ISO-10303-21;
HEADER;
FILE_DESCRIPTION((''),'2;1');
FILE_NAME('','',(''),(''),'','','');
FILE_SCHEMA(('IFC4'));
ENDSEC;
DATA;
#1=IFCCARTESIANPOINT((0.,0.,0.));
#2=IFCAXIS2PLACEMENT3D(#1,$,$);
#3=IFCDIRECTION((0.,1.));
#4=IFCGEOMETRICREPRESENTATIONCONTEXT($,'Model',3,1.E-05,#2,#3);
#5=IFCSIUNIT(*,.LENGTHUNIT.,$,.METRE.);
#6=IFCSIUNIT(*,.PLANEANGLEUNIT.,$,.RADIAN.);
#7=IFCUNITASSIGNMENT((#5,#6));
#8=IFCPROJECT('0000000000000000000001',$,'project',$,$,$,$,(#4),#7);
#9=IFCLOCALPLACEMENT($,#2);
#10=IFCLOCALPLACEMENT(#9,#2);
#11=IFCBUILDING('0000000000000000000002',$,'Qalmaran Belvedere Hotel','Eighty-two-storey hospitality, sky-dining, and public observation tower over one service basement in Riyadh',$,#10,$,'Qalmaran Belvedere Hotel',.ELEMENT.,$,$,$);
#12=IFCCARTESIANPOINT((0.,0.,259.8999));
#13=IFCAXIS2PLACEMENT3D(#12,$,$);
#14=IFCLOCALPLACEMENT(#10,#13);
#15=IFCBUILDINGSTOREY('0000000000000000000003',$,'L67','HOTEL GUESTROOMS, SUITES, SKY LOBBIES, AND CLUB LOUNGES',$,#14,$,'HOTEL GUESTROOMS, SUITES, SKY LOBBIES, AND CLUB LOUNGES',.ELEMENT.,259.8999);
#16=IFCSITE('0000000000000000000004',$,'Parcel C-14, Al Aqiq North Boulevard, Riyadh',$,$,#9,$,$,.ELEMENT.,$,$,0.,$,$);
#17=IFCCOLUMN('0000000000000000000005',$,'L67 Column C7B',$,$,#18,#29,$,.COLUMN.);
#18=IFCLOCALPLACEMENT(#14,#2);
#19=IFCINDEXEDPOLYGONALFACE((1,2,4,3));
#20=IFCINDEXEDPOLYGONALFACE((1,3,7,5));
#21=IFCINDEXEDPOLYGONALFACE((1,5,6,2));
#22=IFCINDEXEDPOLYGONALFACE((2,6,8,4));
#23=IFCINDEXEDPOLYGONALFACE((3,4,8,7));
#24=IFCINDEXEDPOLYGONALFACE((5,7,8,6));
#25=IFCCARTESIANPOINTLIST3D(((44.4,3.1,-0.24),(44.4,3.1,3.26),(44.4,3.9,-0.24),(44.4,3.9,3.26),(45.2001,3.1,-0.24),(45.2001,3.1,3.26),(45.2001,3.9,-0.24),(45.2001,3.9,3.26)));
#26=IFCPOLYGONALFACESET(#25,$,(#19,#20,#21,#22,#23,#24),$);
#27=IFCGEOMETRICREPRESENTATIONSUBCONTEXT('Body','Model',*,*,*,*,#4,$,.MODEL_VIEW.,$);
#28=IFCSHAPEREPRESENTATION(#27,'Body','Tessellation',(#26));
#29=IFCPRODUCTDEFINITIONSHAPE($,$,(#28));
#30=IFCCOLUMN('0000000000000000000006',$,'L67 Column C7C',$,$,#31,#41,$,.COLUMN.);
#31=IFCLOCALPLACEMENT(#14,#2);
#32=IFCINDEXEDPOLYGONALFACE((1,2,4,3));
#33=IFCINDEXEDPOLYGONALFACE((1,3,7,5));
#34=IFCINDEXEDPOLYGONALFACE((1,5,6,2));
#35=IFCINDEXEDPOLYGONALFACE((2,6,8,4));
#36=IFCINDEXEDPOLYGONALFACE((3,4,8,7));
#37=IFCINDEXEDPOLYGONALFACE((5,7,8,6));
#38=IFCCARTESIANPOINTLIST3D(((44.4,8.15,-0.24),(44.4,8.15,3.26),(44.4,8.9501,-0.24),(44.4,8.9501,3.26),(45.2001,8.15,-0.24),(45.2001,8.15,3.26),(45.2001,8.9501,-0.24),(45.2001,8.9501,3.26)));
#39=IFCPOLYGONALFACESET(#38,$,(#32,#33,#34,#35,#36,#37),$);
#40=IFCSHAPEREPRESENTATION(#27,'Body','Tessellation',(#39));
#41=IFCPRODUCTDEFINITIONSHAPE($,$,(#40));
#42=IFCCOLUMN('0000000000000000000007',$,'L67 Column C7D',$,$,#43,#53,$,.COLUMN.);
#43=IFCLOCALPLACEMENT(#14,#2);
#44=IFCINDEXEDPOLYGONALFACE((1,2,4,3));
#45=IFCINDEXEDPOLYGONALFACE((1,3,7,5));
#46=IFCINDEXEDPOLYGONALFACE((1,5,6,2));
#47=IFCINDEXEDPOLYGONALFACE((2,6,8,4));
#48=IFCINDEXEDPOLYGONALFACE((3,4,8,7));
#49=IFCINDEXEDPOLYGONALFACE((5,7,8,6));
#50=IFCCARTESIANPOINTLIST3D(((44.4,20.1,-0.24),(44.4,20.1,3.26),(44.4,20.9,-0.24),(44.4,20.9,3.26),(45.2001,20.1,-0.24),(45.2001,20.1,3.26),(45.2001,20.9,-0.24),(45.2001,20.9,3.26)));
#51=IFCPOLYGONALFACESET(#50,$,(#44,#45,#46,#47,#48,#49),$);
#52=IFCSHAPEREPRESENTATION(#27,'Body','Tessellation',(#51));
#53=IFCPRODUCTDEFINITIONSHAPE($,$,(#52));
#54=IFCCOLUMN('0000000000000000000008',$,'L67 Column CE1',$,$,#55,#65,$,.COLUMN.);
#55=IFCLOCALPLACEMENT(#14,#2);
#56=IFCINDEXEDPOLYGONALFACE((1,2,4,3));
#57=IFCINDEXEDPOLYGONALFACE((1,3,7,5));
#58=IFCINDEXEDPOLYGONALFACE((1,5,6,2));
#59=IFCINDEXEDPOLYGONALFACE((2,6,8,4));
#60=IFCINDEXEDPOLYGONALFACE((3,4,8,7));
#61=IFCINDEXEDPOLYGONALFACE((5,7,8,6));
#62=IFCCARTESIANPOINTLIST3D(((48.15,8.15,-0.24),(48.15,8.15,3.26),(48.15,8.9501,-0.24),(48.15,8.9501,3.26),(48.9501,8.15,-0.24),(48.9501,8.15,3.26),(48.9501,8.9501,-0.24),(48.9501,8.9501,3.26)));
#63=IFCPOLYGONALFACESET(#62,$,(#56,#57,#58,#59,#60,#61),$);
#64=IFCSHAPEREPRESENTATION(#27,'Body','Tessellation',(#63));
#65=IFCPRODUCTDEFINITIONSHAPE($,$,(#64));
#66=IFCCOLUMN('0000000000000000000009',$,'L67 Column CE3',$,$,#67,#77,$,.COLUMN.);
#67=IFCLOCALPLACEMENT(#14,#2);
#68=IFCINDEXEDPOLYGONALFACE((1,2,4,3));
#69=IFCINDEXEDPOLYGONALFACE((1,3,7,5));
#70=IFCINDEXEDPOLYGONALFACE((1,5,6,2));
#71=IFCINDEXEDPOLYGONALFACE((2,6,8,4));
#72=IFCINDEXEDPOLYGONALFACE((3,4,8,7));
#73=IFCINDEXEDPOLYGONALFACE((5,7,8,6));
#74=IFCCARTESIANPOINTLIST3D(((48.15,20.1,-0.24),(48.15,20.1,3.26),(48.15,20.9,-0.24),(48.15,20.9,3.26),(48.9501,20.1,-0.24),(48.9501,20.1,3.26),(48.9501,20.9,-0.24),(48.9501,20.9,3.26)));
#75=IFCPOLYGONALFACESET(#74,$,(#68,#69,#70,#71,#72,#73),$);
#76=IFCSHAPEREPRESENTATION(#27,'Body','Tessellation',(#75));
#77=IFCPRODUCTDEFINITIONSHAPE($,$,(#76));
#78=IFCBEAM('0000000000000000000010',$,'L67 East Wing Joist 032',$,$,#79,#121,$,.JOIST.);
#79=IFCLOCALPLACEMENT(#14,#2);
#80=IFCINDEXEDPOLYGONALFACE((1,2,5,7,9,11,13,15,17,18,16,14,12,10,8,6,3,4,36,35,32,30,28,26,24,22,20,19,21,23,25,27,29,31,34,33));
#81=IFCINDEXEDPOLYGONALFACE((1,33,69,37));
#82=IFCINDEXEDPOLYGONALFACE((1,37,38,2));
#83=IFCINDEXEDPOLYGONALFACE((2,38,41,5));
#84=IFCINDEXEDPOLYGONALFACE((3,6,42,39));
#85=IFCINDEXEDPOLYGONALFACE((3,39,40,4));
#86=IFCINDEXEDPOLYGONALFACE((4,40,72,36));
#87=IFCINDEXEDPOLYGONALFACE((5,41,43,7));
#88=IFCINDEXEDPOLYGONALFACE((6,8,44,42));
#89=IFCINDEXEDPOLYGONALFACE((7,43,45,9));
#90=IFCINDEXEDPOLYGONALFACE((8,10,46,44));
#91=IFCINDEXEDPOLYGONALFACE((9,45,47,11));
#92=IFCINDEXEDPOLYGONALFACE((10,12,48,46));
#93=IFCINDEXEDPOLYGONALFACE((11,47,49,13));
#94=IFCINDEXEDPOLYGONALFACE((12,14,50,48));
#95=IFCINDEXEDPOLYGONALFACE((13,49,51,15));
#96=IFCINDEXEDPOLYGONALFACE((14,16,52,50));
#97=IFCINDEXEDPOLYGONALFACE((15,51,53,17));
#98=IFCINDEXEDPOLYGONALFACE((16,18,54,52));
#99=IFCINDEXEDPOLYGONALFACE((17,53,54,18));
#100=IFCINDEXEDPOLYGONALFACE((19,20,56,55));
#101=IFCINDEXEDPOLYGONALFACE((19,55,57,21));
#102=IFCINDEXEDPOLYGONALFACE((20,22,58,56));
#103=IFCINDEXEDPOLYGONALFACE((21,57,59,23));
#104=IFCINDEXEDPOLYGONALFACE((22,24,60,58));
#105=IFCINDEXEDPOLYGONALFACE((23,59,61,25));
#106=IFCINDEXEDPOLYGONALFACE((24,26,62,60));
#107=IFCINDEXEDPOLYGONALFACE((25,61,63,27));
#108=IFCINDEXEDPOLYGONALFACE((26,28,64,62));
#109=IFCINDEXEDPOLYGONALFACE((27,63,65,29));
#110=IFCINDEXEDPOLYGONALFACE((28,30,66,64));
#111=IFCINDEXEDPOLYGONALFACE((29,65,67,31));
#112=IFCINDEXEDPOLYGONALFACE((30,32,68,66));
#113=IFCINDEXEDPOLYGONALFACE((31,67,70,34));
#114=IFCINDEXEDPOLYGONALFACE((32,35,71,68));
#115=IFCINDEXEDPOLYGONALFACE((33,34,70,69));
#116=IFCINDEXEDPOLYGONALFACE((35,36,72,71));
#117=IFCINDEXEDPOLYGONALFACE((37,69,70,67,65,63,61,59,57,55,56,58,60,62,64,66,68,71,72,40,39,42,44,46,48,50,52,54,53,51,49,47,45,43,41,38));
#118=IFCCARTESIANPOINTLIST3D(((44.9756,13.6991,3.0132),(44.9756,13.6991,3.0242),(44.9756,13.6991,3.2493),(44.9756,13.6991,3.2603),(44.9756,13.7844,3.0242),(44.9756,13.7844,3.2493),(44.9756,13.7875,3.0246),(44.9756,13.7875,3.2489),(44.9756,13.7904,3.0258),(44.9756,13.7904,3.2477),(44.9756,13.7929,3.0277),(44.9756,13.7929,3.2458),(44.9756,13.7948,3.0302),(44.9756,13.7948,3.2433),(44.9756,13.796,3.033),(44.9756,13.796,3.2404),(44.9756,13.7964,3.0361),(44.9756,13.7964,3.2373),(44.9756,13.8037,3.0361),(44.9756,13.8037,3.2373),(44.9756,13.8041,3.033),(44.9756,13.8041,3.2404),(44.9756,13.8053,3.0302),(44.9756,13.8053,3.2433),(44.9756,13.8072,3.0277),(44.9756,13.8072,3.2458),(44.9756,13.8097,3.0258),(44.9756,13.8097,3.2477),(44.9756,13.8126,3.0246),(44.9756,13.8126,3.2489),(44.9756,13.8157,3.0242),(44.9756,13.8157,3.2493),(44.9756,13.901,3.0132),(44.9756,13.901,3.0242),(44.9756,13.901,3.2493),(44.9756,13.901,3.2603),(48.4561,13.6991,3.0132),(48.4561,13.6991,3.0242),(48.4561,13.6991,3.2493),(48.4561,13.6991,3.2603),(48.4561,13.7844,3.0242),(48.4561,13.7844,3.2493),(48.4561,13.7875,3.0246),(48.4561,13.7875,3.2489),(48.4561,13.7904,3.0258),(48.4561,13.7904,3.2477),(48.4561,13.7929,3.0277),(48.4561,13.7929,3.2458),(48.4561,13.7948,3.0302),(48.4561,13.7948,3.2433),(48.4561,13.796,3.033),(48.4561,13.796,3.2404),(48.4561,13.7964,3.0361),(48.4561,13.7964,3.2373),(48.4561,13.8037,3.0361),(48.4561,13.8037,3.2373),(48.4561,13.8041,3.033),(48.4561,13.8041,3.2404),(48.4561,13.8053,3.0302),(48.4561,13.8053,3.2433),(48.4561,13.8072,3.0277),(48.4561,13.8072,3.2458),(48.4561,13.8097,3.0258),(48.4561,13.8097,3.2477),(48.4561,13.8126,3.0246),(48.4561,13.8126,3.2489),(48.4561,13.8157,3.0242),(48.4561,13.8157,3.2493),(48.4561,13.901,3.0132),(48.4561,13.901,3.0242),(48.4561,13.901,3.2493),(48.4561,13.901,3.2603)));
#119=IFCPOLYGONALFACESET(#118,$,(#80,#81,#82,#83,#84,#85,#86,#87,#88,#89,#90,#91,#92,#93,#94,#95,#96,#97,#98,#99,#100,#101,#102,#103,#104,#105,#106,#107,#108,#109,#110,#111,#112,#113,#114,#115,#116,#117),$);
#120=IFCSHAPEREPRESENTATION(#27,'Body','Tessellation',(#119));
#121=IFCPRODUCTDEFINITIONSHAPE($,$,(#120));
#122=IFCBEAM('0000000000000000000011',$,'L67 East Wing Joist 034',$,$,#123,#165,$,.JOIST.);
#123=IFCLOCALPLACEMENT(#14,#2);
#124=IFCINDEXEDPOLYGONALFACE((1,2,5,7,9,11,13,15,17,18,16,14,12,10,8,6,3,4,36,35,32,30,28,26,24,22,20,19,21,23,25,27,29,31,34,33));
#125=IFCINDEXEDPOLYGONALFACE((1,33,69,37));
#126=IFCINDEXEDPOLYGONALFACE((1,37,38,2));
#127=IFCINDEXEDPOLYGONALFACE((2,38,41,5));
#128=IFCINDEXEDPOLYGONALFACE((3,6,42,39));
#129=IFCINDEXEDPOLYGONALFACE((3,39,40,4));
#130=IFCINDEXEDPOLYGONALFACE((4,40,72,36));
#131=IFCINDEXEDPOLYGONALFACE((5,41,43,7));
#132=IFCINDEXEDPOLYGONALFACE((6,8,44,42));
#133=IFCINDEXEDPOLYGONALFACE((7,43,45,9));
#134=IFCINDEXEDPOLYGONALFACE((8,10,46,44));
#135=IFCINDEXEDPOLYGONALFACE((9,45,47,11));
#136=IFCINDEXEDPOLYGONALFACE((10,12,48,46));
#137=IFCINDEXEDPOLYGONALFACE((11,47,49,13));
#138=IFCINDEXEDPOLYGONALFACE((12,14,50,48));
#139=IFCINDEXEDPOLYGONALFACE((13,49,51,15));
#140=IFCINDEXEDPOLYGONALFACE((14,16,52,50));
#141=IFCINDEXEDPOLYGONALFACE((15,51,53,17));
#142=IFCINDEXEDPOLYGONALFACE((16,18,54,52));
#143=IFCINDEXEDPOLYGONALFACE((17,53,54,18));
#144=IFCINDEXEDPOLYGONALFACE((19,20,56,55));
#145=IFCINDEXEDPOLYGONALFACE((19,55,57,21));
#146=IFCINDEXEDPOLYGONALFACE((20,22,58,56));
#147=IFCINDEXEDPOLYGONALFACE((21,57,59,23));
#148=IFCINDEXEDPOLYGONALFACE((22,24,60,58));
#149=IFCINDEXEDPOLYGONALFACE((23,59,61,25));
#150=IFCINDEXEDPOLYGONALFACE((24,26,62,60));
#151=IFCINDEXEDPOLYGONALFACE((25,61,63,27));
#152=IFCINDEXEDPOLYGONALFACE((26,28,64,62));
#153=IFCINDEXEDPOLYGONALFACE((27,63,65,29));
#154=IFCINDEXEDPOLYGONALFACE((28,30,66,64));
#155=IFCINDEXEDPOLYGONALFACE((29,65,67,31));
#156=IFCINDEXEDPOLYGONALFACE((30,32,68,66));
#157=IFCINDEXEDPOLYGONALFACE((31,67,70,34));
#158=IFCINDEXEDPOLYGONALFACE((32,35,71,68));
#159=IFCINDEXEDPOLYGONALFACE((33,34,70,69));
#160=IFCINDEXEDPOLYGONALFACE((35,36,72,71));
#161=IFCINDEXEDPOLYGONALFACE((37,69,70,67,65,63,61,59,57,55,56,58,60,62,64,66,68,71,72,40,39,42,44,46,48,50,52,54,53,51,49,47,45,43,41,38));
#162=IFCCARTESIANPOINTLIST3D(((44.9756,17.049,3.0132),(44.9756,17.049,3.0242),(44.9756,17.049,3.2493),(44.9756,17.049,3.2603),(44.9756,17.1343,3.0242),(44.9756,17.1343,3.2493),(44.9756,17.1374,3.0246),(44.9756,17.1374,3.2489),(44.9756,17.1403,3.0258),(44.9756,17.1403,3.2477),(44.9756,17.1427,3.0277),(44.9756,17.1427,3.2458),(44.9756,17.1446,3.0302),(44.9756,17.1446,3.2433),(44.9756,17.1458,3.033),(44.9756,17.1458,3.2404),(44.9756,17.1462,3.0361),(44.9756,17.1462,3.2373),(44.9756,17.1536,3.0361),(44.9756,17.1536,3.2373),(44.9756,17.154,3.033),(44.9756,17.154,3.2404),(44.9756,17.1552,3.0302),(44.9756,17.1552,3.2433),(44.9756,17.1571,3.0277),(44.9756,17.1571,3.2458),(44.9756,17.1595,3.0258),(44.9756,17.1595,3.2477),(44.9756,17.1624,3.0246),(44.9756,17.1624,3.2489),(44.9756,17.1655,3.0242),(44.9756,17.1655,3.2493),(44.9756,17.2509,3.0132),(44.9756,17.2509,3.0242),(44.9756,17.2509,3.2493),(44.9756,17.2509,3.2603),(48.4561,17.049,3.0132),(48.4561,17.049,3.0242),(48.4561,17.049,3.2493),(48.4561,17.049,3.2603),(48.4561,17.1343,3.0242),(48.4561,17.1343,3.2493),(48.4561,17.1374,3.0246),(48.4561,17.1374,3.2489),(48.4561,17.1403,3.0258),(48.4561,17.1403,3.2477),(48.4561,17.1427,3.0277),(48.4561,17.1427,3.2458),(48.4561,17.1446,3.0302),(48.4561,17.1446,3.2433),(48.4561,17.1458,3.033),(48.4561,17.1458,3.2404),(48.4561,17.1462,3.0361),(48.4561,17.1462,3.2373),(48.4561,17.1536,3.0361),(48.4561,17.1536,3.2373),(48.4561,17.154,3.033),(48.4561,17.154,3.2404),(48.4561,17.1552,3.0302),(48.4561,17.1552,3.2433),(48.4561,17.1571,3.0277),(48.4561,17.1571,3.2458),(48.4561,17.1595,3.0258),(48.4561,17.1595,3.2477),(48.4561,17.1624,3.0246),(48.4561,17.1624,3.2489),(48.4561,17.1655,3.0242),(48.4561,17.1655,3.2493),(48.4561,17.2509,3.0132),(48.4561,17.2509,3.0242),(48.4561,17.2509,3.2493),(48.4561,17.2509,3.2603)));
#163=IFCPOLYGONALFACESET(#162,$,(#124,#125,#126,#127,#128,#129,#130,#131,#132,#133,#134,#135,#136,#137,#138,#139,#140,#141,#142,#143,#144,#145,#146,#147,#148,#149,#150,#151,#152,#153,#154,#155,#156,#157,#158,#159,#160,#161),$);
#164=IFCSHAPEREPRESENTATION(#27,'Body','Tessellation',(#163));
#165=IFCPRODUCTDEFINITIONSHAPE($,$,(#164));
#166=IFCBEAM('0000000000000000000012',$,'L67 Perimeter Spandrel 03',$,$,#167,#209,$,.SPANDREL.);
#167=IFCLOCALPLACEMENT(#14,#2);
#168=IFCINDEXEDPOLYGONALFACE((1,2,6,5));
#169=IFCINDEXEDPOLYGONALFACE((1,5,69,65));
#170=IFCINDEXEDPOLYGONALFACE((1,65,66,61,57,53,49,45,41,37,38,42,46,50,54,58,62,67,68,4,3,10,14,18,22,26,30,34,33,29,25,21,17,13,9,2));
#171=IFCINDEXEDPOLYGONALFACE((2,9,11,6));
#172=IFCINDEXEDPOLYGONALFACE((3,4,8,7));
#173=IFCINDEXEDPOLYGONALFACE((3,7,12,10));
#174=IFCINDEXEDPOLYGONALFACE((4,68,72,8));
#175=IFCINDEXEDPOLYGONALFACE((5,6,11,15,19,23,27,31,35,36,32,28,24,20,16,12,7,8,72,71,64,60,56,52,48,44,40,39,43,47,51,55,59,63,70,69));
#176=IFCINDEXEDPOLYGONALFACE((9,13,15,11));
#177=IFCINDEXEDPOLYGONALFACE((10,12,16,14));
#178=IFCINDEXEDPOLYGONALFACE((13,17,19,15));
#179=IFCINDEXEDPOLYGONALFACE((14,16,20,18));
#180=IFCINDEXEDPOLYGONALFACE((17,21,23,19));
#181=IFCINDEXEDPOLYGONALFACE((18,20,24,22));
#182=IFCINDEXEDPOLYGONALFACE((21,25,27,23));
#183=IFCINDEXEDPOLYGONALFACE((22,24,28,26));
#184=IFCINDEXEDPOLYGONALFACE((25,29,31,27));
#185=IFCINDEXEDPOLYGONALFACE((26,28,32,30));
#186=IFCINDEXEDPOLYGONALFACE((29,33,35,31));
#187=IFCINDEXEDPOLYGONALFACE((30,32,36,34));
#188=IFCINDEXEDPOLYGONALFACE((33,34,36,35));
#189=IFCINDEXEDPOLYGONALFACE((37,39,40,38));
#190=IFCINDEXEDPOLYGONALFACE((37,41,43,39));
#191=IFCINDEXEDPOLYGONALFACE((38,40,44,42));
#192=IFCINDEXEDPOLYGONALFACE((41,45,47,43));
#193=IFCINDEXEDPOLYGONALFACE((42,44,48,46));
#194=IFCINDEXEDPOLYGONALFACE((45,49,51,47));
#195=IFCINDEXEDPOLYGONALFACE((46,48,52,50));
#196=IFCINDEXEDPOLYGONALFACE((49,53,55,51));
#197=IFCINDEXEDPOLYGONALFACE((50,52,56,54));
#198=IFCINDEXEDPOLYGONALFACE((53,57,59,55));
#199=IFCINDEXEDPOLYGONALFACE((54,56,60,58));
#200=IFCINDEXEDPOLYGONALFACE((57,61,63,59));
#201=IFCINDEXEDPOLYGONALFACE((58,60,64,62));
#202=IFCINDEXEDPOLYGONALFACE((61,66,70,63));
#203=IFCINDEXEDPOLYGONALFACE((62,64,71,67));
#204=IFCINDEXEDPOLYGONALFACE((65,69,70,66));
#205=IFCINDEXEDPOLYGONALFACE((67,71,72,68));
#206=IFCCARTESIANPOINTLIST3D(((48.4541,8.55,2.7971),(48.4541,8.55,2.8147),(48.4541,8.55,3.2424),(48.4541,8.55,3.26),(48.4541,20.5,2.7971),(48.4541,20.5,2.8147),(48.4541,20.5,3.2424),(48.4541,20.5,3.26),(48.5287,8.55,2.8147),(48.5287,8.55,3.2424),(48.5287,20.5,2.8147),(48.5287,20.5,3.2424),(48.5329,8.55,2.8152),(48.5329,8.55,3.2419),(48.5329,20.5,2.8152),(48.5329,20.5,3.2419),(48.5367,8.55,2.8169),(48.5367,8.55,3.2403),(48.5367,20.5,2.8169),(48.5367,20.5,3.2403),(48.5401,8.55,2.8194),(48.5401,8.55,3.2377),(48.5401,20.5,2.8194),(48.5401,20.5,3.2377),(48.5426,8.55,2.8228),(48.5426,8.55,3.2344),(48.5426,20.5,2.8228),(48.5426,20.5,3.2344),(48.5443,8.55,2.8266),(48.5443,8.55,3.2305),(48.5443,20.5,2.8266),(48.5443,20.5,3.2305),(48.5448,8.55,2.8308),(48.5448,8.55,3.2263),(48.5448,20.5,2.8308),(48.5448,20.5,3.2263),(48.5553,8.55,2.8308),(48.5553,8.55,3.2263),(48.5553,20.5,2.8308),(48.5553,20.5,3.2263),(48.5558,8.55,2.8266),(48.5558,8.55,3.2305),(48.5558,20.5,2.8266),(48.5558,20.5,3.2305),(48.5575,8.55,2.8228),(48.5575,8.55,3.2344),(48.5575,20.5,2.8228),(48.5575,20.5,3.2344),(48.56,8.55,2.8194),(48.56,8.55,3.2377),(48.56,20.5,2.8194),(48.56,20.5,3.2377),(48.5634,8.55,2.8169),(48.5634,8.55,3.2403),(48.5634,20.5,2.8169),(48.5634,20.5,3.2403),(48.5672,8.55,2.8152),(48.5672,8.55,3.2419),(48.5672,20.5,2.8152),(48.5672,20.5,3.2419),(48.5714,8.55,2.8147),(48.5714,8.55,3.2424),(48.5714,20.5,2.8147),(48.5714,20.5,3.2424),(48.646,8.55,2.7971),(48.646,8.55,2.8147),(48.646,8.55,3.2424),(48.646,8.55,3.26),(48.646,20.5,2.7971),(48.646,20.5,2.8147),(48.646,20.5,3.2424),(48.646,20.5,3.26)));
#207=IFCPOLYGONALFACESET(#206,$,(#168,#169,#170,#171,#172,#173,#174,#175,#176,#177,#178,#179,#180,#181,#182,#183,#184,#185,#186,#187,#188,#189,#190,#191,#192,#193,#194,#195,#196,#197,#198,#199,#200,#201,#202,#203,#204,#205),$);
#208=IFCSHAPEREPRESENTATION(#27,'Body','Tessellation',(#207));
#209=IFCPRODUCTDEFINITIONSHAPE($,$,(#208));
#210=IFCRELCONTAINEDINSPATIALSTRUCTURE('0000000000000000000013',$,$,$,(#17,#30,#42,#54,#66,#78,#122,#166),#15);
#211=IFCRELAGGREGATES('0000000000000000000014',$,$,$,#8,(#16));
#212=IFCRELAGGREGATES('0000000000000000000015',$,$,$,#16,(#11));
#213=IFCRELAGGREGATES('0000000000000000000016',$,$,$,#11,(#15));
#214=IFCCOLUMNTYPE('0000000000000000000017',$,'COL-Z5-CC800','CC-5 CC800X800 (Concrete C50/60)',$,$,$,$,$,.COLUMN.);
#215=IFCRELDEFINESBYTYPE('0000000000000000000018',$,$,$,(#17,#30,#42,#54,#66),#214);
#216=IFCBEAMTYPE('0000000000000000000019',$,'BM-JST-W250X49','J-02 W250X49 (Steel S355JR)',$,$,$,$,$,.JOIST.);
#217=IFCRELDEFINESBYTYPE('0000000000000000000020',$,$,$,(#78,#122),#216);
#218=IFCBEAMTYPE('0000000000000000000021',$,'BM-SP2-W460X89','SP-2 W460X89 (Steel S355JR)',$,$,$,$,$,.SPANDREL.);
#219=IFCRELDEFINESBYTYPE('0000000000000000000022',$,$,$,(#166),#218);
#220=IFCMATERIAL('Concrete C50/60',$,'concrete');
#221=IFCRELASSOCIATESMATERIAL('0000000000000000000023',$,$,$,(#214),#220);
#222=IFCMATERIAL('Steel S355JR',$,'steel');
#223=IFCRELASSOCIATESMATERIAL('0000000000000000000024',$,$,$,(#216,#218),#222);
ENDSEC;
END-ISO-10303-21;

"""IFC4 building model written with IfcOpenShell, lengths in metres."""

from ifc_helpers import new_model, si_unit, direction, frame, origin, origin_2d, place, context, subcontext, project, spatial, rectangle, i_section, extrude, material, material_profile, profile_set, type_object, element, save


model = new_model("IFC4")

# Units and contexts
model_context = context("Model", 3, precision=1e-05, world=origin(), true_north=direction((0.0, 1.0)))
body_context = subcontext(model_context, "Body", "Model", "MODEL_VIEW")
ifc_project = project(units=[si_unit("LENGTHUNIT", "METRE"), si_unit("PLANEANGLEUNIT", "RADIAN")], contexts=[model_context])

# Site, building, storey
site_placement = place(None, origin())
site = spatial("IfcSite", under=ifc_project, at=site_placement, Name="Parcel C-14, Al Aqiq North Boulevard, Riyadh", CompositionType="ELEMENT", RefElevation=0.0)
building_placement = place(site_placement, origin())
building = spatial("IfcBuilding", under=site, at=building_placement, Name="Qalmaran Belvedere Hotel", Description="Eighty-two-storey hospitality, sky-dining, and public observation tower over one service basement in Riyadh", LongName="Qalmaran Belvedere Hotel", CompositionType="ELEMENT")
storey_placement = place(building_placement, frame((0.0, 0.0, 259.8999)))
storey = spatial("IfcBuildingStorey", under=building, at=storey_placement, Name="L67", Description="HOTEL GUESTROOMS, SUITES, SKY LOBBIES, AND CLUB LOUNGES", LongName="HOTEL GUESTROOMS, SUITES, SKY LOBBIES, AND CLUB LOUNGES", CompositionType="ELEMENT", Elevation=259.8999)

# Columns
ifc_material_1 = material(Name="Concrete C50/60", Category="concrete")
ifc_material_profile_1 = material_profile(ifc_material_1, rectangle(XDim=0.8, YDim=0.8, at=origin_2d()), Name="CC800X800")
ifc_profile_set_1 = profile_set([ifc_material_profile_1], Name="Concrete C50/60")
column_type = type_object("IfcColumnType", Name="COL-Z5-CC800", Description="CC-5 CC800X800 (Concrete C50/60)", PredefinedType="COLUMN", material=ifc_profile_set_1)
for number, where, z_axis, x_axis, name in (
    (1, (44.8, 3.5, -0.24), (0.0, 0.0, 1.0), (1.0, 0.0, 0.0), "L67 Column C7B"),
    (2, (44.8, 8.55, -0.24), (0.0, 0.0, 1.0), (1.0, 0.0, 0.0), "L67 Column C7C"),
    (3, (44.8, 20.5, -0.24), (0.0, 0.0, 1.0), (1.0, 0.0, 0.0), "L67 Column C7D"),
    (4, (48.55, 8.55, -0.24), (0.0, 0.0, 1.0), (1.0, 0.0, 0.0), "L67 Column CE1"),
    (5, (48.55, 20.5, -0.24), (0.0, 0.0, 1.0), (1.0, 0.0, 0.0), "L67 Column CE3"),
):
    element("IfcColumn", number, at=place(storey_placement, frame(where, z_axis=z_axis, x_axis=x_axis)), inside=storey, type_object=column_type, Name=name, PredefinedType="COLUMN", context=body_context, shape_type="SweptSolid", body=[
        extrude(rectangle(XDim=0.8, YDim=0.8, at=origin_2d()), origin(), (0.0, 0.0, 1.0), 3.5),
    ])

# Beams
ifc_material_2 = material(Name="Steel S355JR", Category="steel")
ifc_material_profile_2 = material_profile(ifc_material_2, i_section(OverallWidth=0.2019, OverallDepth=0.2471, WebThickness=0.0073, FlangeThickness=0.011, FilletRadius=0.012, at=origin_2d()), Name="W250X49")
ifc_profile_set_2 = profile_set([ifc_material_profile_2], Name="Steel S355JR")
beam_type_1 = type_object("IfcBeamType", Name="BM-JST-W250X49", Description="J-02 W250X49 (Steel S355JR)", PredefinedType="JOIST", material=ifc_profile_set_2)
for number, where, z_axis, x_axis, name in (
    (6, (44.9756, 13.8, 3.1367), (1.0, 0.0, 0.0), (0.0, 1.0, 0.0), "L67 East Wing Joist 032"),
    (7, (44.9756, 17.1499, 3.1367), (1.0, 0.0, 0.0), (0.0, 1.0, 0.0), "L67 East Wing Joist 034"),
):
    element("IfcBeam", number, at=place(storey_placement, frame(where, z_axis=z_axis, x_axis=x_axis)), inside=storey, type_object=beam_type_1, Name=name, PredefinedType="JOIST", context=body_context, shape_type="SweptSolid", body=[
        extrude(i_section(OverallWidth=0.2019, OverallDepth=0.2471, WebThickness=0.0073, FlangeThickness=0.011, FilletRadius=0.012, at=origin_2d()), origin(), (0.0, 0.0, 1.0), 3.4805),
    ])
ifc_material_profile_3 = material_profile(ifc_material_2, i_section(OverallWidth=0.1919, OverallDepth=0.4629, WebThickness=0.0105, FlangeThickness=0.0176, FilletRadius=0.0161, at=origin_2d()), Name="W460X89")
ifc_profile_set_3 = profile_set([ifc_material_profile_3], Name="Steel S355JR")
beam_type_2 = type_object("IfcBeamType", Name="BM-SP2-W460X89", Description="SP-2 W460X89 (Steel S355JR)", PredefinedType="SPANDREL", material=ifc_profile_set_3)
beam_1_placement = place(storey_placement, frame((48.55, 8.55, 3.0286), z_axis=(0.0, 1.0, 0.0), x_axis=(-1.0, 0.0, 0.0)))
element("IfcBeam", 8, at=beam_1_placement, inside=storey, type_object=beam_type_2, Name="L67 Perimeter Spandrel 03", PredefinedType="SPANDREL", context=body_context, shape_type="SweptSolid", body=[
    extrude(i_section(OverallWidth=0.1919, OverallDepth=0.4629, WebThickness=0.0105, FlangeThickness=0.0176, FilletRadius=0.0161, at=origin_2d()), origin(), (0.0, 0.0, 1.0), 11.95),
])

save(model, "model.ifc")
